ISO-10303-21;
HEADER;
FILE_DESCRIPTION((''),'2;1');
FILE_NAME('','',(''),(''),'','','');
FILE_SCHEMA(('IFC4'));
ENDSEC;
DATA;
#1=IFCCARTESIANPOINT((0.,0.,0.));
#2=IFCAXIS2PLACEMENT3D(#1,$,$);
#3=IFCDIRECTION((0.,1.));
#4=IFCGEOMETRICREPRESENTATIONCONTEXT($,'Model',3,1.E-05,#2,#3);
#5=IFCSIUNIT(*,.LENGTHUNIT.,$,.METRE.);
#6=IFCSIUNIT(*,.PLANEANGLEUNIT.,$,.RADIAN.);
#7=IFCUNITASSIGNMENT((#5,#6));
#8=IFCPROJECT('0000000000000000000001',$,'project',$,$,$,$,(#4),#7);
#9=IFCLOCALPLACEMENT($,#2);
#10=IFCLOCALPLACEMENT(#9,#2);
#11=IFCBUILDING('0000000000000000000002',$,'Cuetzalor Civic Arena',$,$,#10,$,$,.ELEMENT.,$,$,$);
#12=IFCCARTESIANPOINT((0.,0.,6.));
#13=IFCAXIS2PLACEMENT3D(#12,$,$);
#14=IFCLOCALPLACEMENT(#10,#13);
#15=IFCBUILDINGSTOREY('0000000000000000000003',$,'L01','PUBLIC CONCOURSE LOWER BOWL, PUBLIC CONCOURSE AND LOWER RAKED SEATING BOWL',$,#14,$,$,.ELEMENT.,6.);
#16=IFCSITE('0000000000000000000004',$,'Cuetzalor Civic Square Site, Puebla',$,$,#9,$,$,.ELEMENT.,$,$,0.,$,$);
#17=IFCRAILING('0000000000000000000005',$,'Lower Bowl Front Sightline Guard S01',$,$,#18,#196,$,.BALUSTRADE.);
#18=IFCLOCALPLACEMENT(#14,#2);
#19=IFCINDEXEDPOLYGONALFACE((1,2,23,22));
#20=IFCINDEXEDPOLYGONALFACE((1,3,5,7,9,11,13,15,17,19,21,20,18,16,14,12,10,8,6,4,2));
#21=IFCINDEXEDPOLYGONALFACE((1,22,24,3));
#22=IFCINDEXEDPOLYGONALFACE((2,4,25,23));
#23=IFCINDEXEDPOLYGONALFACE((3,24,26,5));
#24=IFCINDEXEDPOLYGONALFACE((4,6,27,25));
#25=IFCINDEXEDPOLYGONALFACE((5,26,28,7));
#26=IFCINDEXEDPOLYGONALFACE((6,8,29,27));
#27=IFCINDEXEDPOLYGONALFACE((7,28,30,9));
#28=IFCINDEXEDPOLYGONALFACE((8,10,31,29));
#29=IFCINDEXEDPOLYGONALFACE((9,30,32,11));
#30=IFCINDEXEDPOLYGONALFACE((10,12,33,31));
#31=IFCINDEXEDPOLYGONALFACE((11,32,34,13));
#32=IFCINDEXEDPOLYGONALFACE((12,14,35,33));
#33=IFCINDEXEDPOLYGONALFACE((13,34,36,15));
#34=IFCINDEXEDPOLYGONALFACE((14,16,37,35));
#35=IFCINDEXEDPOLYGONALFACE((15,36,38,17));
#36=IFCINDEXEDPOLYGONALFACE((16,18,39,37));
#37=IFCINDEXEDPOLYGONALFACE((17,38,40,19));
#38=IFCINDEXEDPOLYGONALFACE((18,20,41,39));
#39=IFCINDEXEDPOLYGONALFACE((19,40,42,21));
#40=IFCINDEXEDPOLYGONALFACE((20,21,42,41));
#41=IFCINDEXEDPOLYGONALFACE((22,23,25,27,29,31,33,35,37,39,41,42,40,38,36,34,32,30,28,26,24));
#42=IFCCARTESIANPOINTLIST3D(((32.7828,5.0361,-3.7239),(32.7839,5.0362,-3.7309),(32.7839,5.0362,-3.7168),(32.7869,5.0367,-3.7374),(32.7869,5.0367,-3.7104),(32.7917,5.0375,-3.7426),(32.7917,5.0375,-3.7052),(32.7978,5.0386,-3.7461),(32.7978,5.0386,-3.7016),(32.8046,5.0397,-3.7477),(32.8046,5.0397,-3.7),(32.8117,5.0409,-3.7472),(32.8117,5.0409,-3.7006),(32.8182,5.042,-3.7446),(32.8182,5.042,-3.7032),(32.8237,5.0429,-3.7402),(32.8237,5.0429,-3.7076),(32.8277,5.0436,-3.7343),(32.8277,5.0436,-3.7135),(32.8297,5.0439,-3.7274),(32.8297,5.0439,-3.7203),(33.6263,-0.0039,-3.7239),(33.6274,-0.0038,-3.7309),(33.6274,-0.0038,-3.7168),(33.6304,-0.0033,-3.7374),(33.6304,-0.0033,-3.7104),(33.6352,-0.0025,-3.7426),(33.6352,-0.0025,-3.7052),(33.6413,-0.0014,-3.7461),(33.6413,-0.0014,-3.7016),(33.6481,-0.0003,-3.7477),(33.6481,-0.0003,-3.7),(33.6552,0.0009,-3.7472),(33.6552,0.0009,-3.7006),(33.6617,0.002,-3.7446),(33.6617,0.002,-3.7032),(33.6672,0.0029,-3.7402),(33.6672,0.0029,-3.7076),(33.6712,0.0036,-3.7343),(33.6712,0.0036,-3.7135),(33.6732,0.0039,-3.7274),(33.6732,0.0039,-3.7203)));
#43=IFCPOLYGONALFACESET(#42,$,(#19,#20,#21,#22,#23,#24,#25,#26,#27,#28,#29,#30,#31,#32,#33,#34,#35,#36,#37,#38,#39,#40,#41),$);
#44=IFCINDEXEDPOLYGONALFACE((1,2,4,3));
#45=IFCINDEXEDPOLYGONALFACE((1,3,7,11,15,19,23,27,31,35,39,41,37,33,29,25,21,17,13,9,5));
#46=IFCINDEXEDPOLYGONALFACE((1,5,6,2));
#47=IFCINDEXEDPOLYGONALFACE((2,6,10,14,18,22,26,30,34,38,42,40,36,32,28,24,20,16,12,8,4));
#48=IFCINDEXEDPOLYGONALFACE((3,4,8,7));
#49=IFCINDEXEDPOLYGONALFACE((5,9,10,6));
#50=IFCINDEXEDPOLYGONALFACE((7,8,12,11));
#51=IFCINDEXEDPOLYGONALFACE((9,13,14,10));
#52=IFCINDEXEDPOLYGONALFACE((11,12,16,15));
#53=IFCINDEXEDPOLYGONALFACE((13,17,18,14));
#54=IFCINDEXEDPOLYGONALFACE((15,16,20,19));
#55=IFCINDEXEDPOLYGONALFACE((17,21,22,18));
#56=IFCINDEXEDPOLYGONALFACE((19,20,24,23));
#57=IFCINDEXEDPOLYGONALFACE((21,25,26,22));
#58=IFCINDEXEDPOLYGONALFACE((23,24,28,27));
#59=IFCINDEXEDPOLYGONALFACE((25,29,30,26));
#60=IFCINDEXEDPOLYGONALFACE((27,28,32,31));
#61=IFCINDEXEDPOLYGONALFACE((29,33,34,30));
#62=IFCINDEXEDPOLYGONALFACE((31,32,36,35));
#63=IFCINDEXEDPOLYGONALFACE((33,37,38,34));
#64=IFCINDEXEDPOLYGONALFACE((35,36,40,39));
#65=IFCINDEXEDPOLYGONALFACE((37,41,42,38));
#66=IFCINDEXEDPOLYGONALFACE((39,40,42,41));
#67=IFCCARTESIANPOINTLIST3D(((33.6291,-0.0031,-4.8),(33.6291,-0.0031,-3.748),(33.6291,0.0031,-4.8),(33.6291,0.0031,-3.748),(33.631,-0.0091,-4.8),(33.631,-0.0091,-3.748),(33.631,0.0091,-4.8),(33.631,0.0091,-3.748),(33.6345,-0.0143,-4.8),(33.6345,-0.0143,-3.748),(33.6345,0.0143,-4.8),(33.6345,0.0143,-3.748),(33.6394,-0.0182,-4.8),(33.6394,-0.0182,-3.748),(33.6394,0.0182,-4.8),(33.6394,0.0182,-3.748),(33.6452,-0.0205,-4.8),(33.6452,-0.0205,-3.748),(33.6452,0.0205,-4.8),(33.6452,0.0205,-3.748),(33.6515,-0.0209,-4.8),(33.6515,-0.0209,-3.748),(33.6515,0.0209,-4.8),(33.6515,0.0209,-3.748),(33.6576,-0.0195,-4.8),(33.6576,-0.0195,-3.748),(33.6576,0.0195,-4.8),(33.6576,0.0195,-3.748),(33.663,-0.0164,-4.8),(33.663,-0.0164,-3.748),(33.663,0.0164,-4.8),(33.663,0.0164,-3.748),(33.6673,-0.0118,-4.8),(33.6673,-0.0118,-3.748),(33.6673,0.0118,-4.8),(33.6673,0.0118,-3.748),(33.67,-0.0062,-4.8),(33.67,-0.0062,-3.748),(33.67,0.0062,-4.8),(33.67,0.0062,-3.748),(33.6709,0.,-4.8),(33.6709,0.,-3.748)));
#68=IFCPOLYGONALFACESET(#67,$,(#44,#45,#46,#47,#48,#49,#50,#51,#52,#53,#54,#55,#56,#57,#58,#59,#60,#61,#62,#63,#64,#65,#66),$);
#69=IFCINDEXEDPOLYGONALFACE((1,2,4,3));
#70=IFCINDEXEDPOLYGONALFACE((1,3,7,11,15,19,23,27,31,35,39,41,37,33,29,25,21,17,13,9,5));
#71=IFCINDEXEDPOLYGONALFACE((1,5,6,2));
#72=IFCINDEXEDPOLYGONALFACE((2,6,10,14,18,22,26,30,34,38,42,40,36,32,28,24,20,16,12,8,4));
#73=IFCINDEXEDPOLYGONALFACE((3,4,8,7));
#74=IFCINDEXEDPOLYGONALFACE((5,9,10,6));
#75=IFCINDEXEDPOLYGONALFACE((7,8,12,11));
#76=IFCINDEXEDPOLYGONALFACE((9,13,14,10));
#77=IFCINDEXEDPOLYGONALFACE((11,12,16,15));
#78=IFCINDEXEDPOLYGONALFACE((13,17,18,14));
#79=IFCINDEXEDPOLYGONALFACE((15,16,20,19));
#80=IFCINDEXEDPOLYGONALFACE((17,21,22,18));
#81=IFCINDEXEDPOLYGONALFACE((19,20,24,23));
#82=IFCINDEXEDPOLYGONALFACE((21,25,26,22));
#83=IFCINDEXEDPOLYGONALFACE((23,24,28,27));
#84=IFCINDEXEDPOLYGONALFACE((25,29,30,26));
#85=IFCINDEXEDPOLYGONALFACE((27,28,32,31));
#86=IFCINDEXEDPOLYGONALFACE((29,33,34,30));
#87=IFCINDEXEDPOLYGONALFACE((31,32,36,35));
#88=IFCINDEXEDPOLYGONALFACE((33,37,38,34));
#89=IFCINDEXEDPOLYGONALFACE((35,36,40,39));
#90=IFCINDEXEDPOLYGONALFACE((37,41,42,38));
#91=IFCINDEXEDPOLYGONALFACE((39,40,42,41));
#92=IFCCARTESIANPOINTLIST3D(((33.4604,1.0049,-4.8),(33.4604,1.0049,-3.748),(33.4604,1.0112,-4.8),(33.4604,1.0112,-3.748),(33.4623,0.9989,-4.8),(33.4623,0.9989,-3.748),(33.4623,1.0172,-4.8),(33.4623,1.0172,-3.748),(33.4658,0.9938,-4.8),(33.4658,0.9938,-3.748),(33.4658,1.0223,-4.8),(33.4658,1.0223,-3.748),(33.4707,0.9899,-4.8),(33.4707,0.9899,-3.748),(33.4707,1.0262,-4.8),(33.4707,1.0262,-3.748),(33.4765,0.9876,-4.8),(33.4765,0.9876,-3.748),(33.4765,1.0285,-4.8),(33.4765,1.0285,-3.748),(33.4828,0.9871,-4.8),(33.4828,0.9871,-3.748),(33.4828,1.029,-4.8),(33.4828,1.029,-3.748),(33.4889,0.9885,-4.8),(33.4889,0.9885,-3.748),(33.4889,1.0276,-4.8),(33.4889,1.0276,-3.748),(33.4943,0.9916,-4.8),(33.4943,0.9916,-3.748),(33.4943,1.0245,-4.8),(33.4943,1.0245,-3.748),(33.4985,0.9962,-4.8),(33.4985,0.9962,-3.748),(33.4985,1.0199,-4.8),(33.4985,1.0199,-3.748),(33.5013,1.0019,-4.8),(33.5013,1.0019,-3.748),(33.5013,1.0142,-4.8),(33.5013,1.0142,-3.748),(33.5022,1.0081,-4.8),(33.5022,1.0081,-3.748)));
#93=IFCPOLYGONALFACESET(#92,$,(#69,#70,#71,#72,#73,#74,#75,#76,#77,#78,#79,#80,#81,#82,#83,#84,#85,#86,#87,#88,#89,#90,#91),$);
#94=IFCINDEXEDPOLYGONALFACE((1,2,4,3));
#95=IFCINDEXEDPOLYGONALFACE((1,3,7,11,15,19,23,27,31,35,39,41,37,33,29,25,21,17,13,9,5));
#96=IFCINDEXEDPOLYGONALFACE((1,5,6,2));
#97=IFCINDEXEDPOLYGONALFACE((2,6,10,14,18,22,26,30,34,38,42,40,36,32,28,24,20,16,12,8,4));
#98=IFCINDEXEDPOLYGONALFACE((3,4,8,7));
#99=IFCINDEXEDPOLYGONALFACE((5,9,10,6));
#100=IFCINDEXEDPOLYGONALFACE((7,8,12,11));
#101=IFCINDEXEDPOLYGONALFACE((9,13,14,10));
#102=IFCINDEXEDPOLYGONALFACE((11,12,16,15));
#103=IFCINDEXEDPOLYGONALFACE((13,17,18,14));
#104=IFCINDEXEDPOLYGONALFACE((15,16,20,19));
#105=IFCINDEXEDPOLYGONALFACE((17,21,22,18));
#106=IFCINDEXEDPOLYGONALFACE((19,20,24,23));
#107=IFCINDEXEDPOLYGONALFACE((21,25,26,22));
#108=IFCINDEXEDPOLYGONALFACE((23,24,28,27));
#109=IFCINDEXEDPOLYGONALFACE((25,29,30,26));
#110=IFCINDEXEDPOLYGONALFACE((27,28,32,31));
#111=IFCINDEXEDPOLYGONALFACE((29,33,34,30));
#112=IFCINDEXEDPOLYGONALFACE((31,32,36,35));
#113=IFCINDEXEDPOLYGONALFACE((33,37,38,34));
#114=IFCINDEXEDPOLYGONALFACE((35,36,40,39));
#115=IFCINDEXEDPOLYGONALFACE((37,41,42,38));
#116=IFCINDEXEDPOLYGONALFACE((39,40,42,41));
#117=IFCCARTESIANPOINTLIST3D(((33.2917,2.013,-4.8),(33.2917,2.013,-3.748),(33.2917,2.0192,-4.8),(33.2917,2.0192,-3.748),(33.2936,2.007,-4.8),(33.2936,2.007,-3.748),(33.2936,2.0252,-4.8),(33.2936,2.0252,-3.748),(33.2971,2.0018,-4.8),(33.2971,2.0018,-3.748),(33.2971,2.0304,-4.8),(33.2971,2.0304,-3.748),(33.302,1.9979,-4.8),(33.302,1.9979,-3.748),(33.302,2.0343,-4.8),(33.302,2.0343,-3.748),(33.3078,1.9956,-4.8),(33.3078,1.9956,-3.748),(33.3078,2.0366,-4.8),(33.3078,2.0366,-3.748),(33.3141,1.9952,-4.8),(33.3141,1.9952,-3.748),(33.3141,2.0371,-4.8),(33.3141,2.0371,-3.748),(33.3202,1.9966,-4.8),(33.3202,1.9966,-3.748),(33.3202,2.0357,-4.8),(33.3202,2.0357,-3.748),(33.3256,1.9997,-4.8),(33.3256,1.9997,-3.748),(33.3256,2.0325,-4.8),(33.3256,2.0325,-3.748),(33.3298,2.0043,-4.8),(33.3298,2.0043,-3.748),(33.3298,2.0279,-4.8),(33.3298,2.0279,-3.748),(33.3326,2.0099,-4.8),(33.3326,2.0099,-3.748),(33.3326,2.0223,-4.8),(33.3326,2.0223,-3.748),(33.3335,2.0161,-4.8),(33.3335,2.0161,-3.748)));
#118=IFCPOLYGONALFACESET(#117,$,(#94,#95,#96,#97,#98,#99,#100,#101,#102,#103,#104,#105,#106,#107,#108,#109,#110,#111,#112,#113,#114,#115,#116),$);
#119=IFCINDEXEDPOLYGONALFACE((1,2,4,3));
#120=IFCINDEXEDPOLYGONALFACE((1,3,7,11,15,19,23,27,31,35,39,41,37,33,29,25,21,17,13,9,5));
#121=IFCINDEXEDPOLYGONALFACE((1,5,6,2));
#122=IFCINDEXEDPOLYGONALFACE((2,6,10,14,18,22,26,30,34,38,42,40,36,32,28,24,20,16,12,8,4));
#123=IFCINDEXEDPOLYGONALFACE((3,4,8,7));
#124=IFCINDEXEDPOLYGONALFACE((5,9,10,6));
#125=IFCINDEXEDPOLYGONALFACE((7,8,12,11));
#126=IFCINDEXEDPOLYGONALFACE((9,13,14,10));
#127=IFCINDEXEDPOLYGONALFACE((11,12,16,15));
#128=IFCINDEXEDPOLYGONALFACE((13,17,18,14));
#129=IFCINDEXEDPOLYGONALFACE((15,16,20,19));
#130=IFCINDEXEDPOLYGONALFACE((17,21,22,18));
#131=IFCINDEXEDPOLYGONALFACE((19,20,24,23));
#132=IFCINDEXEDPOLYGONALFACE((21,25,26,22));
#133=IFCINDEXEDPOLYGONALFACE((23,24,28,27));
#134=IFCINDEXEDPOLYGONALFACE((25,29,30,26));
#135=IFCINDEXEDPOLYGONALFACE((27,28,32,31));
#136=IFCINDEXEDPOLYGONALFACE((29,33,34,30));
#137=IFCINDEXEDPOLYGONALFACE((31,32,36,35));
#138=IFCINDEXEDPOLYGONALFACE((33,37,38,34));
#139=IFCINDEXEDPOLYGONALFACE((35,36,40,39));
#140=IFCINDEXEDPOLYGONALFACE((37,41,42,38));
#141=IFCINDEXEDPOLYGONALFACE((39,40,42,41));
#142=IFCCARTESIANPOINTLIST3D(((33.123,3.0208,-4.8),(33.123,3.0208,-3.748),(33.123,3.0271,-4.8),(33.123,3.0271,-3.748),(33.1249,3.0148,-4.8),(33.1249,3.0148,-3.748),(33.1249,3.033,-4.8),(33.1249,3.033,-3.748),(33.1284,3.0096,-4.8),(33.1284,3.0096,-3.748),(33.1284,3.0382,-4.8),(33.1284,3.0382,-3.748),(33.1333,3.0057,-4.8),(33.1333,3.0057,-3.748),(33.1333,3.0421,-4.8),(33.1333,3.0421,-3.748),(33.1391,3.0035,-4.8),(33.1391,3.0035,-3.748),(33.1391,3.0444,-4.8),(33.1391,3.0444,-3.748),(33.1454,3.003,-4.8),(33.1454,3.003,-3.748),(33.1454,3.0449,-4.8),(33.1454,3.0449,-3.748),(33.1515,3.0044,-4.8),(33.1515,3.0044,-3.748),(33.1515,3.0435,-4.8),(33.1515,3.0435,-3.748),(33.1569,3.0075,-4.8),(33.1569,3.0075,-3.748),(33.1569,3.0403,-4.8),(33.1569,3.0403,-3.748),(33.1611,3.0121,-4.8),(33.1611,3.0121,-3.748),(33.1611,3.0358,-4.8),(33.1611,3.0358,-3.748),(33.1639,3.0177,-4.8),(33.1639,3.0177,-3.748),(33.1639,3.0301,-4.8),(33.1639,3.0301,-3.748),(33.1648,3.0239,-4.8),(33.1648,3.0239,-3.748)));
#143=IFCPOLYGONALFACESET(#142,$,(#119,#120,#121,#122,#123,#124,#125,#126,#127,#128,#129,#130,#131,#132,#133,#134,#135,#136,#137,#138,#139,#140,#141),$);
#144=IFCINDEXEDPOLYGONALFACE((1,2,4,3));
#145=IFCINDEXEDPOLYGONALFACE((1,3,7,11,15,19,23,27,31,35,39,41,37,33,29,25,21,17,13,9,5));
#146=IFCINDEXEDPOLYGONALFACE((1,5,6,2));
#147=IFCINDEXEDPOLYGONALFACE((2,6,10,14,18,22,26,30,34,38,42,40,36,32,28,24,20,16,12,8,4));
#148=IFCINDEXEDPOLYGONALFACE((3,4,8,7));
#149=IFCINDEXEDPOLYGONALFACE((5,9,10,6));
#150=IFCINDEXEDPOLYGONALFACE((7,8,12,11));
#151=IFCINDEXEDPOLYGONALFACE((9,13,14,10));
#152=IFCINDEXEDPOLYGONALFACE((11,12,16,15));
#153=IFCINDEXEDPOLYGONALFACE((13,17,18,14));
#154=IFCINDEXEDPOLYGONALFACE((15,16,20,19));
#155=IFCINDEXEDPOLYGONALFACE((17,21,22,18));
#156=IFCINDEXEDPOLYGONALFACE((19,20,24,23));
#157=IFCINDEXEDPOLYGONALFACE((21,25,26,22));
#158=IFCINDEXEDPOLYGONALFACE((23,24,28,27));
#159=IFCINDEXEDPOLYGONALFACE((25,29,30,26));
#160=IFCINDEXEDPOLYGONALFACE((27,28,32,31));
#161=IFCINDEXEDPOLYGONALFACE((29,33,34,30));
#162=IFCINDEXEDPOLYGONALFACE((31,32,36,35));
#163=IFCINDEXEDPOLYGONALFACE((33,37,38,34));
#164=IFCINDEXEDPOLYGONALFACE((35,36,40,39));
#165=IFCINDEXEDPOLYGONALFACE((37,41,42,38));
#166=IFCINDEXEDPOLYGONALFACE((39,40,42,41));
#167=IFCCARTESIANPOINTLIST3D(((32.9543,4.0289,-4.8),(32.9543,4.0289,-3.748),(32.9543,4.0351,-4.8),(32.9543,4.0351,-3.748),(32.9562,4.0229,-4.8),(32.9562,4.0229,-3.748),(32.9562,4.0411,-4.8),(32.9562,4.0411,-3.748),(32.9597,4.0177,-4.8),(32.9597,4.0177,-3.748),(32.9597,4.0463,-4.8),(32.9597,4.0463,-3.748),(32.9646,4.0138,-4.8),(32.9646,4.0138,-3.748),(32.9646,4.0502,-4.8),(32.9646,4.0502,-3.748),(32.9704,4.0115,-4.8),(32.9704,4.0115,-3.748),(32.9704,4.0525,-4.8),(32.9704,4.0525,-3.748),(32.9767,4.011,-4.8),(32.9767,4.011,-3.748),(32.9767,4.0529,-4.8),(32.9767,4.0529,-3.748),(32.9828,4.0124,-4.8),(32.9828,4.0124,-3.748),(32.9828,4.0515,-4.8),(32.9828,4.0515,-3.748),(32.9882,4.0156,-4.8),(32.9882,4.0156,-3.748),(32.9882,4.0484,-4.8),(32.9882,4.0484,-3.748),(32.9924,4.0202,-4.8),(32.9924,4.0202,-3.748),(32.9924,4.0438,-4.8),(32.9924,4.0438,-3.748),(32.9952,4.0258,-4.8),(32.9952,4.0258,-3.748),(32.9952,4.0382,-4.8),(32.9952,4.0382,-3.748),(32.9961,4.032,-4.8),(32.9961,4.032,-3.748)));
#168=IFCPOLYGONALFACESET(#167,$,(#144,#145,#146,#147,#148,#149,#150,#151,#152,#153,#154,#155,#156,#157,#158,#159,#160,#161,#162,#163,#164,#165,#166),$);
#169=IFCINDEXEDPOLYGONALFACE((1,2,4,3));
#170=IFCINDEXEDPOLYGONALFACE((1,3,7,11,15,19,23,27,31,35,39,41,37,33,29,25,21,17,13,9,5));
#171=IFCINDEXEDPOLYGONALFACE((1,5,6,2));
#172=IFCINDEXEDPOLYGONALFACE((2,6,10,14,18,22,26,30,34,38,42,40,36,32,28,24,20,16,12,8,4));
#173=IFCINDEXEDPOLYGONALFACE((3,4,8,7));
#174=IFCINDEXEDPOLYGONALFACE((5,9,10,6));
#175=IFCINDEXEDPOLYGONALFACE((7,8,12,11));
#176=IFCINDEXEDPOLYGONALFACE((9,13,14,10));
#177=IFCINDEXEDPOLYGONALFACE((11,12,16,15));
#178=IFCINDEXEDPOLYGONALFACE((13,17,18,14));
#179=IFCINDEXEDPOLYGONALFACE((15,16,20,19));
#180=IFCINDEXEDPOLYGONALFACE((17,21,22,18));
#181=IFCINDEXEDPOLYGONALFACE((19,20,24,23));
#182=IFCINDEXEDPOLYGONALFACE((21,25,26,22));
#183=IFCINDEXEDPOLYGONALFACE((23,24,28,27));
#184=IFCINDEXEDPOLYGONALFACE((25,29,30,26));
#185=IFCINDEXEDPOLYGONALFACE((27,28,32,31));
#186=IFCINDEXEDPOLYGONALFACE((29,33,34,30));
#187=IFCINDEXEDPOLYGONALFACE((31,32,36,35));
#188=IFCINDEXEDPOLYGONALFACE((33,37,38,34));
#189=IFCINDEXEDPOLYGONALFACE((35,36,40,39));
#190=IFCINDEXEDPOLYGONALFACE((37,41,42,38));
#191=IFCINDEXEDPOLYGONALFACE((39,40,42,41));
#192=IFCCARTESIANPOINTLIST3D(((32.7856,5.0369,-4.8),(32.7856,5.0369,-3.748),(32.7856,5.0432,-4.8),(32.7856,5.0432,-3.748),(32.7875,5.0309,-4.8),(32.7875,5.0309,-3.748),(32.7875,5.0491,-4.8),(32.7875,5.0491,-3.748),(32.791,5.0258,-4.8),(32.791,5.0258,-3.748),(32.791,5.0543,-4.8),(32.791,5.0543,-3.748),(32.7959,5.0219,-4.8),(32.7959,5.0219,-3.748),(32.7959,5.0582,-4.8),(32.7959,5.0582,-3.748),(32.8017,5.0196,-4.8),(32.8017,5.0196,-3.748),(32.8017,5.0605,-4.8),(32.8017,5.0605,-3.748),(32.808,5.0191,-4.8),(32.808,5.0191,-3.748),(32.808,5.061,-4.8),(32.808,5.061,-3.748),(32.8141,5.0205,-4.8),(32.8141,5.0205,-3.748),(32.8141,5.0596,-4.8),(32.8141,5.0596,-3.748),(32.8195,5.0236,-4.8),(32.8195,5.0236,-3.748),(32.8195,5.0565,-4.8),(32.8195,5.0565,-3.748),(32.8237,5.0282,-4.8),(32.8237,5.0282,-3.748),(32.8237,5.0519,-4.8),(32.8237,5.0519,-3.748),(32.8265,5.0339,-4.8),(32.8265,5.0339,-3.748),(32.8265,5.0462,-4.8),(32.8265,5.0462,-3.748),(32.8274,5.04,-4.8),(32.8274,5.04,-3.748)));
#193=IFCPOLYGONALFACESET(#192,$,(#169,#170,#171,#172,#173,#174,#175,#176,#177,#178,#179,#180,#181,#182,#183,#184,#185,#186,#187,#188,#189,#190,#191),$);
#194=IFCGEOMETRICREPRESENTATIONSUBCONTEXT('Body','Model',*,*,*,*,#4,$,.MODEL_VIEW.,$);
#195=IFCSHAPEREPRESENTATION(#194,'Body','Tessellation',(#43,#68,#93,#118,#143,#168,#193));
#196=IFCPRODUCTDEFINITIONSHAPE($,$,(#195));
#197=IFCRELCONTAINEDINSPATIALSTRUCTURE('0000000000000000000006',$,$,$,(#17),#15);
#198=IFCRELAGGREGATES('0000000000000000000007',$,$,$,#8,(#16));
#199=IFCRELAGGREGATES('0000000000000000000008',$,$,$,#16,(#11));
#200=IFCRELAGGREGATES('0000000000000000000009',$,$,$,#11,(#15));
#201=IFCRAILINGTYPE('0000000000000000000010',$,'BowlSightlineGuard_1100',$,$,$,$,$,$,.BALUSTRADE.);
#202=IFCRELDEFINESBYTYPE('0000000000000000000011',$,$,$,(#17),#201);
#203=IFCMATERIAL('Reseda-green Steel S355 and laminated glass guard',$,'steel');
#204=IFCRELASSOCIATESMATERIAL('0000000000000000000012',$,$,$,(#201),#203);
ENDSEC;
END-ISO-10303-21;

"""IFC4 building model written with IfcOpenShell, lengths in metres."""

from ifc_helpers import new_model, si_unit, direction, frame, origin, origin_2d, place, context, subcontext, project, spatial, circle, extrude, material, type_object, element, save


model = new_model("IFC4")

# Units and contexts
model_context = context("Model", 3, precision=1e-05, world=origin(), true_north=direction((0.0, 1.0)))
body_context = subcontext(model_context, "Body", "Model", "MODEL_VIEW")
ifc_project = project(units=[si_unit("LENGTHUNIT", "METRE"), si_unit("PLANEANGLEUNIT", "RADIAN")], contexts=[model_context])

# Site, building, storey
site_placement = place(None, origin())
site = spatial("IfcSite", under=ifc_project, at=site_placement, Name="Cuetzalor Civic Square Site, Puebla", CompositionType="ELEMENT", RefElevation=0.0)
building_placement = place(site_placement, origin())
building = spatial("IfcBuilding", under=site, at=building_placement, Name="Cuetzalor Civic Arena", CompositionType="ELEMENT")
storey_placement = place(building_placement, frame((0.0, 0.0, 6.0)))
storey = spatial("IfcBuildingStorey", under=building, at=storey_placement, Name="L01", Description="PUBLIC CONCOURSE LOWER BOWL, PUBLIC CONCOURSE AND LOWER RAKED SEATING BOWL", CompositionType="ELEMENT", Elevation=6.0)

# Railing
ifc_material_1 = material(Name="Reseda-green Steel S355 and laminated glass guard", Category="steel")
railing_type = type_object("IfcRailingType", Name="BowlSightlineGuard_1100", PredefinedType="BALUSTRADE", material=ifc_material_1)
railing_1_placement = place(storey_placement, frame((33.6499, 0.0, -4.8)))
element("IfcRailing", 1, at=railing_1_placement, inside=storey, type_object=railing_type, Name="Lower Bowl Front Sightline Guard S01", PredefinedType="BALUSTRADE", context=body_context, shape_type="SweptSolid", body=[
    extrude(circle(Radius=0.0239, at=origin_2d()), frame((0.0, 0.0, 1.0762), z_axis=(-0.165065, 0.986283, 0.0), x_axis=(-0.986283, -0.165065, 0.0)), (0.0, 0.0, 1.0), 5.1101),
    extrude(circle(Radius=0.021, at=origin_2d()), origin(), (0.0, 0.0, 1.0), 1.052),
    extrude(circle(Radius=0.021, at=origin_2d()), frame((-0.1687, 1.0081, 0.0)), (0.0, 0.0, 1.0), 1.052),
    extrude(circle(Radius=0.021, at=origin_2d()), frame((-0.3374, 2.0161, 0.0)), (0.0, 0.0, 1.0), 1.052),
    extrude(circle(Radius=0.021, at=origin_2d()), frame((-0.5061, 3.0239, 0.0)), (0.0, 0.0, 1.0), 1.052),
    extrude(circle(Radius=0.021, at=origin_2d()), frame((-0.6748, 4.032, 0.0)), (0.0, 0.0, 1.0), 1.052),
    extrude(circle(Radius=0.021, at=origin_2d()), frame((-0.8435, 5.04, 0.0)), (0.0, 0.0, 1.0), 1.052),
])

save(model, "model.ifc")
